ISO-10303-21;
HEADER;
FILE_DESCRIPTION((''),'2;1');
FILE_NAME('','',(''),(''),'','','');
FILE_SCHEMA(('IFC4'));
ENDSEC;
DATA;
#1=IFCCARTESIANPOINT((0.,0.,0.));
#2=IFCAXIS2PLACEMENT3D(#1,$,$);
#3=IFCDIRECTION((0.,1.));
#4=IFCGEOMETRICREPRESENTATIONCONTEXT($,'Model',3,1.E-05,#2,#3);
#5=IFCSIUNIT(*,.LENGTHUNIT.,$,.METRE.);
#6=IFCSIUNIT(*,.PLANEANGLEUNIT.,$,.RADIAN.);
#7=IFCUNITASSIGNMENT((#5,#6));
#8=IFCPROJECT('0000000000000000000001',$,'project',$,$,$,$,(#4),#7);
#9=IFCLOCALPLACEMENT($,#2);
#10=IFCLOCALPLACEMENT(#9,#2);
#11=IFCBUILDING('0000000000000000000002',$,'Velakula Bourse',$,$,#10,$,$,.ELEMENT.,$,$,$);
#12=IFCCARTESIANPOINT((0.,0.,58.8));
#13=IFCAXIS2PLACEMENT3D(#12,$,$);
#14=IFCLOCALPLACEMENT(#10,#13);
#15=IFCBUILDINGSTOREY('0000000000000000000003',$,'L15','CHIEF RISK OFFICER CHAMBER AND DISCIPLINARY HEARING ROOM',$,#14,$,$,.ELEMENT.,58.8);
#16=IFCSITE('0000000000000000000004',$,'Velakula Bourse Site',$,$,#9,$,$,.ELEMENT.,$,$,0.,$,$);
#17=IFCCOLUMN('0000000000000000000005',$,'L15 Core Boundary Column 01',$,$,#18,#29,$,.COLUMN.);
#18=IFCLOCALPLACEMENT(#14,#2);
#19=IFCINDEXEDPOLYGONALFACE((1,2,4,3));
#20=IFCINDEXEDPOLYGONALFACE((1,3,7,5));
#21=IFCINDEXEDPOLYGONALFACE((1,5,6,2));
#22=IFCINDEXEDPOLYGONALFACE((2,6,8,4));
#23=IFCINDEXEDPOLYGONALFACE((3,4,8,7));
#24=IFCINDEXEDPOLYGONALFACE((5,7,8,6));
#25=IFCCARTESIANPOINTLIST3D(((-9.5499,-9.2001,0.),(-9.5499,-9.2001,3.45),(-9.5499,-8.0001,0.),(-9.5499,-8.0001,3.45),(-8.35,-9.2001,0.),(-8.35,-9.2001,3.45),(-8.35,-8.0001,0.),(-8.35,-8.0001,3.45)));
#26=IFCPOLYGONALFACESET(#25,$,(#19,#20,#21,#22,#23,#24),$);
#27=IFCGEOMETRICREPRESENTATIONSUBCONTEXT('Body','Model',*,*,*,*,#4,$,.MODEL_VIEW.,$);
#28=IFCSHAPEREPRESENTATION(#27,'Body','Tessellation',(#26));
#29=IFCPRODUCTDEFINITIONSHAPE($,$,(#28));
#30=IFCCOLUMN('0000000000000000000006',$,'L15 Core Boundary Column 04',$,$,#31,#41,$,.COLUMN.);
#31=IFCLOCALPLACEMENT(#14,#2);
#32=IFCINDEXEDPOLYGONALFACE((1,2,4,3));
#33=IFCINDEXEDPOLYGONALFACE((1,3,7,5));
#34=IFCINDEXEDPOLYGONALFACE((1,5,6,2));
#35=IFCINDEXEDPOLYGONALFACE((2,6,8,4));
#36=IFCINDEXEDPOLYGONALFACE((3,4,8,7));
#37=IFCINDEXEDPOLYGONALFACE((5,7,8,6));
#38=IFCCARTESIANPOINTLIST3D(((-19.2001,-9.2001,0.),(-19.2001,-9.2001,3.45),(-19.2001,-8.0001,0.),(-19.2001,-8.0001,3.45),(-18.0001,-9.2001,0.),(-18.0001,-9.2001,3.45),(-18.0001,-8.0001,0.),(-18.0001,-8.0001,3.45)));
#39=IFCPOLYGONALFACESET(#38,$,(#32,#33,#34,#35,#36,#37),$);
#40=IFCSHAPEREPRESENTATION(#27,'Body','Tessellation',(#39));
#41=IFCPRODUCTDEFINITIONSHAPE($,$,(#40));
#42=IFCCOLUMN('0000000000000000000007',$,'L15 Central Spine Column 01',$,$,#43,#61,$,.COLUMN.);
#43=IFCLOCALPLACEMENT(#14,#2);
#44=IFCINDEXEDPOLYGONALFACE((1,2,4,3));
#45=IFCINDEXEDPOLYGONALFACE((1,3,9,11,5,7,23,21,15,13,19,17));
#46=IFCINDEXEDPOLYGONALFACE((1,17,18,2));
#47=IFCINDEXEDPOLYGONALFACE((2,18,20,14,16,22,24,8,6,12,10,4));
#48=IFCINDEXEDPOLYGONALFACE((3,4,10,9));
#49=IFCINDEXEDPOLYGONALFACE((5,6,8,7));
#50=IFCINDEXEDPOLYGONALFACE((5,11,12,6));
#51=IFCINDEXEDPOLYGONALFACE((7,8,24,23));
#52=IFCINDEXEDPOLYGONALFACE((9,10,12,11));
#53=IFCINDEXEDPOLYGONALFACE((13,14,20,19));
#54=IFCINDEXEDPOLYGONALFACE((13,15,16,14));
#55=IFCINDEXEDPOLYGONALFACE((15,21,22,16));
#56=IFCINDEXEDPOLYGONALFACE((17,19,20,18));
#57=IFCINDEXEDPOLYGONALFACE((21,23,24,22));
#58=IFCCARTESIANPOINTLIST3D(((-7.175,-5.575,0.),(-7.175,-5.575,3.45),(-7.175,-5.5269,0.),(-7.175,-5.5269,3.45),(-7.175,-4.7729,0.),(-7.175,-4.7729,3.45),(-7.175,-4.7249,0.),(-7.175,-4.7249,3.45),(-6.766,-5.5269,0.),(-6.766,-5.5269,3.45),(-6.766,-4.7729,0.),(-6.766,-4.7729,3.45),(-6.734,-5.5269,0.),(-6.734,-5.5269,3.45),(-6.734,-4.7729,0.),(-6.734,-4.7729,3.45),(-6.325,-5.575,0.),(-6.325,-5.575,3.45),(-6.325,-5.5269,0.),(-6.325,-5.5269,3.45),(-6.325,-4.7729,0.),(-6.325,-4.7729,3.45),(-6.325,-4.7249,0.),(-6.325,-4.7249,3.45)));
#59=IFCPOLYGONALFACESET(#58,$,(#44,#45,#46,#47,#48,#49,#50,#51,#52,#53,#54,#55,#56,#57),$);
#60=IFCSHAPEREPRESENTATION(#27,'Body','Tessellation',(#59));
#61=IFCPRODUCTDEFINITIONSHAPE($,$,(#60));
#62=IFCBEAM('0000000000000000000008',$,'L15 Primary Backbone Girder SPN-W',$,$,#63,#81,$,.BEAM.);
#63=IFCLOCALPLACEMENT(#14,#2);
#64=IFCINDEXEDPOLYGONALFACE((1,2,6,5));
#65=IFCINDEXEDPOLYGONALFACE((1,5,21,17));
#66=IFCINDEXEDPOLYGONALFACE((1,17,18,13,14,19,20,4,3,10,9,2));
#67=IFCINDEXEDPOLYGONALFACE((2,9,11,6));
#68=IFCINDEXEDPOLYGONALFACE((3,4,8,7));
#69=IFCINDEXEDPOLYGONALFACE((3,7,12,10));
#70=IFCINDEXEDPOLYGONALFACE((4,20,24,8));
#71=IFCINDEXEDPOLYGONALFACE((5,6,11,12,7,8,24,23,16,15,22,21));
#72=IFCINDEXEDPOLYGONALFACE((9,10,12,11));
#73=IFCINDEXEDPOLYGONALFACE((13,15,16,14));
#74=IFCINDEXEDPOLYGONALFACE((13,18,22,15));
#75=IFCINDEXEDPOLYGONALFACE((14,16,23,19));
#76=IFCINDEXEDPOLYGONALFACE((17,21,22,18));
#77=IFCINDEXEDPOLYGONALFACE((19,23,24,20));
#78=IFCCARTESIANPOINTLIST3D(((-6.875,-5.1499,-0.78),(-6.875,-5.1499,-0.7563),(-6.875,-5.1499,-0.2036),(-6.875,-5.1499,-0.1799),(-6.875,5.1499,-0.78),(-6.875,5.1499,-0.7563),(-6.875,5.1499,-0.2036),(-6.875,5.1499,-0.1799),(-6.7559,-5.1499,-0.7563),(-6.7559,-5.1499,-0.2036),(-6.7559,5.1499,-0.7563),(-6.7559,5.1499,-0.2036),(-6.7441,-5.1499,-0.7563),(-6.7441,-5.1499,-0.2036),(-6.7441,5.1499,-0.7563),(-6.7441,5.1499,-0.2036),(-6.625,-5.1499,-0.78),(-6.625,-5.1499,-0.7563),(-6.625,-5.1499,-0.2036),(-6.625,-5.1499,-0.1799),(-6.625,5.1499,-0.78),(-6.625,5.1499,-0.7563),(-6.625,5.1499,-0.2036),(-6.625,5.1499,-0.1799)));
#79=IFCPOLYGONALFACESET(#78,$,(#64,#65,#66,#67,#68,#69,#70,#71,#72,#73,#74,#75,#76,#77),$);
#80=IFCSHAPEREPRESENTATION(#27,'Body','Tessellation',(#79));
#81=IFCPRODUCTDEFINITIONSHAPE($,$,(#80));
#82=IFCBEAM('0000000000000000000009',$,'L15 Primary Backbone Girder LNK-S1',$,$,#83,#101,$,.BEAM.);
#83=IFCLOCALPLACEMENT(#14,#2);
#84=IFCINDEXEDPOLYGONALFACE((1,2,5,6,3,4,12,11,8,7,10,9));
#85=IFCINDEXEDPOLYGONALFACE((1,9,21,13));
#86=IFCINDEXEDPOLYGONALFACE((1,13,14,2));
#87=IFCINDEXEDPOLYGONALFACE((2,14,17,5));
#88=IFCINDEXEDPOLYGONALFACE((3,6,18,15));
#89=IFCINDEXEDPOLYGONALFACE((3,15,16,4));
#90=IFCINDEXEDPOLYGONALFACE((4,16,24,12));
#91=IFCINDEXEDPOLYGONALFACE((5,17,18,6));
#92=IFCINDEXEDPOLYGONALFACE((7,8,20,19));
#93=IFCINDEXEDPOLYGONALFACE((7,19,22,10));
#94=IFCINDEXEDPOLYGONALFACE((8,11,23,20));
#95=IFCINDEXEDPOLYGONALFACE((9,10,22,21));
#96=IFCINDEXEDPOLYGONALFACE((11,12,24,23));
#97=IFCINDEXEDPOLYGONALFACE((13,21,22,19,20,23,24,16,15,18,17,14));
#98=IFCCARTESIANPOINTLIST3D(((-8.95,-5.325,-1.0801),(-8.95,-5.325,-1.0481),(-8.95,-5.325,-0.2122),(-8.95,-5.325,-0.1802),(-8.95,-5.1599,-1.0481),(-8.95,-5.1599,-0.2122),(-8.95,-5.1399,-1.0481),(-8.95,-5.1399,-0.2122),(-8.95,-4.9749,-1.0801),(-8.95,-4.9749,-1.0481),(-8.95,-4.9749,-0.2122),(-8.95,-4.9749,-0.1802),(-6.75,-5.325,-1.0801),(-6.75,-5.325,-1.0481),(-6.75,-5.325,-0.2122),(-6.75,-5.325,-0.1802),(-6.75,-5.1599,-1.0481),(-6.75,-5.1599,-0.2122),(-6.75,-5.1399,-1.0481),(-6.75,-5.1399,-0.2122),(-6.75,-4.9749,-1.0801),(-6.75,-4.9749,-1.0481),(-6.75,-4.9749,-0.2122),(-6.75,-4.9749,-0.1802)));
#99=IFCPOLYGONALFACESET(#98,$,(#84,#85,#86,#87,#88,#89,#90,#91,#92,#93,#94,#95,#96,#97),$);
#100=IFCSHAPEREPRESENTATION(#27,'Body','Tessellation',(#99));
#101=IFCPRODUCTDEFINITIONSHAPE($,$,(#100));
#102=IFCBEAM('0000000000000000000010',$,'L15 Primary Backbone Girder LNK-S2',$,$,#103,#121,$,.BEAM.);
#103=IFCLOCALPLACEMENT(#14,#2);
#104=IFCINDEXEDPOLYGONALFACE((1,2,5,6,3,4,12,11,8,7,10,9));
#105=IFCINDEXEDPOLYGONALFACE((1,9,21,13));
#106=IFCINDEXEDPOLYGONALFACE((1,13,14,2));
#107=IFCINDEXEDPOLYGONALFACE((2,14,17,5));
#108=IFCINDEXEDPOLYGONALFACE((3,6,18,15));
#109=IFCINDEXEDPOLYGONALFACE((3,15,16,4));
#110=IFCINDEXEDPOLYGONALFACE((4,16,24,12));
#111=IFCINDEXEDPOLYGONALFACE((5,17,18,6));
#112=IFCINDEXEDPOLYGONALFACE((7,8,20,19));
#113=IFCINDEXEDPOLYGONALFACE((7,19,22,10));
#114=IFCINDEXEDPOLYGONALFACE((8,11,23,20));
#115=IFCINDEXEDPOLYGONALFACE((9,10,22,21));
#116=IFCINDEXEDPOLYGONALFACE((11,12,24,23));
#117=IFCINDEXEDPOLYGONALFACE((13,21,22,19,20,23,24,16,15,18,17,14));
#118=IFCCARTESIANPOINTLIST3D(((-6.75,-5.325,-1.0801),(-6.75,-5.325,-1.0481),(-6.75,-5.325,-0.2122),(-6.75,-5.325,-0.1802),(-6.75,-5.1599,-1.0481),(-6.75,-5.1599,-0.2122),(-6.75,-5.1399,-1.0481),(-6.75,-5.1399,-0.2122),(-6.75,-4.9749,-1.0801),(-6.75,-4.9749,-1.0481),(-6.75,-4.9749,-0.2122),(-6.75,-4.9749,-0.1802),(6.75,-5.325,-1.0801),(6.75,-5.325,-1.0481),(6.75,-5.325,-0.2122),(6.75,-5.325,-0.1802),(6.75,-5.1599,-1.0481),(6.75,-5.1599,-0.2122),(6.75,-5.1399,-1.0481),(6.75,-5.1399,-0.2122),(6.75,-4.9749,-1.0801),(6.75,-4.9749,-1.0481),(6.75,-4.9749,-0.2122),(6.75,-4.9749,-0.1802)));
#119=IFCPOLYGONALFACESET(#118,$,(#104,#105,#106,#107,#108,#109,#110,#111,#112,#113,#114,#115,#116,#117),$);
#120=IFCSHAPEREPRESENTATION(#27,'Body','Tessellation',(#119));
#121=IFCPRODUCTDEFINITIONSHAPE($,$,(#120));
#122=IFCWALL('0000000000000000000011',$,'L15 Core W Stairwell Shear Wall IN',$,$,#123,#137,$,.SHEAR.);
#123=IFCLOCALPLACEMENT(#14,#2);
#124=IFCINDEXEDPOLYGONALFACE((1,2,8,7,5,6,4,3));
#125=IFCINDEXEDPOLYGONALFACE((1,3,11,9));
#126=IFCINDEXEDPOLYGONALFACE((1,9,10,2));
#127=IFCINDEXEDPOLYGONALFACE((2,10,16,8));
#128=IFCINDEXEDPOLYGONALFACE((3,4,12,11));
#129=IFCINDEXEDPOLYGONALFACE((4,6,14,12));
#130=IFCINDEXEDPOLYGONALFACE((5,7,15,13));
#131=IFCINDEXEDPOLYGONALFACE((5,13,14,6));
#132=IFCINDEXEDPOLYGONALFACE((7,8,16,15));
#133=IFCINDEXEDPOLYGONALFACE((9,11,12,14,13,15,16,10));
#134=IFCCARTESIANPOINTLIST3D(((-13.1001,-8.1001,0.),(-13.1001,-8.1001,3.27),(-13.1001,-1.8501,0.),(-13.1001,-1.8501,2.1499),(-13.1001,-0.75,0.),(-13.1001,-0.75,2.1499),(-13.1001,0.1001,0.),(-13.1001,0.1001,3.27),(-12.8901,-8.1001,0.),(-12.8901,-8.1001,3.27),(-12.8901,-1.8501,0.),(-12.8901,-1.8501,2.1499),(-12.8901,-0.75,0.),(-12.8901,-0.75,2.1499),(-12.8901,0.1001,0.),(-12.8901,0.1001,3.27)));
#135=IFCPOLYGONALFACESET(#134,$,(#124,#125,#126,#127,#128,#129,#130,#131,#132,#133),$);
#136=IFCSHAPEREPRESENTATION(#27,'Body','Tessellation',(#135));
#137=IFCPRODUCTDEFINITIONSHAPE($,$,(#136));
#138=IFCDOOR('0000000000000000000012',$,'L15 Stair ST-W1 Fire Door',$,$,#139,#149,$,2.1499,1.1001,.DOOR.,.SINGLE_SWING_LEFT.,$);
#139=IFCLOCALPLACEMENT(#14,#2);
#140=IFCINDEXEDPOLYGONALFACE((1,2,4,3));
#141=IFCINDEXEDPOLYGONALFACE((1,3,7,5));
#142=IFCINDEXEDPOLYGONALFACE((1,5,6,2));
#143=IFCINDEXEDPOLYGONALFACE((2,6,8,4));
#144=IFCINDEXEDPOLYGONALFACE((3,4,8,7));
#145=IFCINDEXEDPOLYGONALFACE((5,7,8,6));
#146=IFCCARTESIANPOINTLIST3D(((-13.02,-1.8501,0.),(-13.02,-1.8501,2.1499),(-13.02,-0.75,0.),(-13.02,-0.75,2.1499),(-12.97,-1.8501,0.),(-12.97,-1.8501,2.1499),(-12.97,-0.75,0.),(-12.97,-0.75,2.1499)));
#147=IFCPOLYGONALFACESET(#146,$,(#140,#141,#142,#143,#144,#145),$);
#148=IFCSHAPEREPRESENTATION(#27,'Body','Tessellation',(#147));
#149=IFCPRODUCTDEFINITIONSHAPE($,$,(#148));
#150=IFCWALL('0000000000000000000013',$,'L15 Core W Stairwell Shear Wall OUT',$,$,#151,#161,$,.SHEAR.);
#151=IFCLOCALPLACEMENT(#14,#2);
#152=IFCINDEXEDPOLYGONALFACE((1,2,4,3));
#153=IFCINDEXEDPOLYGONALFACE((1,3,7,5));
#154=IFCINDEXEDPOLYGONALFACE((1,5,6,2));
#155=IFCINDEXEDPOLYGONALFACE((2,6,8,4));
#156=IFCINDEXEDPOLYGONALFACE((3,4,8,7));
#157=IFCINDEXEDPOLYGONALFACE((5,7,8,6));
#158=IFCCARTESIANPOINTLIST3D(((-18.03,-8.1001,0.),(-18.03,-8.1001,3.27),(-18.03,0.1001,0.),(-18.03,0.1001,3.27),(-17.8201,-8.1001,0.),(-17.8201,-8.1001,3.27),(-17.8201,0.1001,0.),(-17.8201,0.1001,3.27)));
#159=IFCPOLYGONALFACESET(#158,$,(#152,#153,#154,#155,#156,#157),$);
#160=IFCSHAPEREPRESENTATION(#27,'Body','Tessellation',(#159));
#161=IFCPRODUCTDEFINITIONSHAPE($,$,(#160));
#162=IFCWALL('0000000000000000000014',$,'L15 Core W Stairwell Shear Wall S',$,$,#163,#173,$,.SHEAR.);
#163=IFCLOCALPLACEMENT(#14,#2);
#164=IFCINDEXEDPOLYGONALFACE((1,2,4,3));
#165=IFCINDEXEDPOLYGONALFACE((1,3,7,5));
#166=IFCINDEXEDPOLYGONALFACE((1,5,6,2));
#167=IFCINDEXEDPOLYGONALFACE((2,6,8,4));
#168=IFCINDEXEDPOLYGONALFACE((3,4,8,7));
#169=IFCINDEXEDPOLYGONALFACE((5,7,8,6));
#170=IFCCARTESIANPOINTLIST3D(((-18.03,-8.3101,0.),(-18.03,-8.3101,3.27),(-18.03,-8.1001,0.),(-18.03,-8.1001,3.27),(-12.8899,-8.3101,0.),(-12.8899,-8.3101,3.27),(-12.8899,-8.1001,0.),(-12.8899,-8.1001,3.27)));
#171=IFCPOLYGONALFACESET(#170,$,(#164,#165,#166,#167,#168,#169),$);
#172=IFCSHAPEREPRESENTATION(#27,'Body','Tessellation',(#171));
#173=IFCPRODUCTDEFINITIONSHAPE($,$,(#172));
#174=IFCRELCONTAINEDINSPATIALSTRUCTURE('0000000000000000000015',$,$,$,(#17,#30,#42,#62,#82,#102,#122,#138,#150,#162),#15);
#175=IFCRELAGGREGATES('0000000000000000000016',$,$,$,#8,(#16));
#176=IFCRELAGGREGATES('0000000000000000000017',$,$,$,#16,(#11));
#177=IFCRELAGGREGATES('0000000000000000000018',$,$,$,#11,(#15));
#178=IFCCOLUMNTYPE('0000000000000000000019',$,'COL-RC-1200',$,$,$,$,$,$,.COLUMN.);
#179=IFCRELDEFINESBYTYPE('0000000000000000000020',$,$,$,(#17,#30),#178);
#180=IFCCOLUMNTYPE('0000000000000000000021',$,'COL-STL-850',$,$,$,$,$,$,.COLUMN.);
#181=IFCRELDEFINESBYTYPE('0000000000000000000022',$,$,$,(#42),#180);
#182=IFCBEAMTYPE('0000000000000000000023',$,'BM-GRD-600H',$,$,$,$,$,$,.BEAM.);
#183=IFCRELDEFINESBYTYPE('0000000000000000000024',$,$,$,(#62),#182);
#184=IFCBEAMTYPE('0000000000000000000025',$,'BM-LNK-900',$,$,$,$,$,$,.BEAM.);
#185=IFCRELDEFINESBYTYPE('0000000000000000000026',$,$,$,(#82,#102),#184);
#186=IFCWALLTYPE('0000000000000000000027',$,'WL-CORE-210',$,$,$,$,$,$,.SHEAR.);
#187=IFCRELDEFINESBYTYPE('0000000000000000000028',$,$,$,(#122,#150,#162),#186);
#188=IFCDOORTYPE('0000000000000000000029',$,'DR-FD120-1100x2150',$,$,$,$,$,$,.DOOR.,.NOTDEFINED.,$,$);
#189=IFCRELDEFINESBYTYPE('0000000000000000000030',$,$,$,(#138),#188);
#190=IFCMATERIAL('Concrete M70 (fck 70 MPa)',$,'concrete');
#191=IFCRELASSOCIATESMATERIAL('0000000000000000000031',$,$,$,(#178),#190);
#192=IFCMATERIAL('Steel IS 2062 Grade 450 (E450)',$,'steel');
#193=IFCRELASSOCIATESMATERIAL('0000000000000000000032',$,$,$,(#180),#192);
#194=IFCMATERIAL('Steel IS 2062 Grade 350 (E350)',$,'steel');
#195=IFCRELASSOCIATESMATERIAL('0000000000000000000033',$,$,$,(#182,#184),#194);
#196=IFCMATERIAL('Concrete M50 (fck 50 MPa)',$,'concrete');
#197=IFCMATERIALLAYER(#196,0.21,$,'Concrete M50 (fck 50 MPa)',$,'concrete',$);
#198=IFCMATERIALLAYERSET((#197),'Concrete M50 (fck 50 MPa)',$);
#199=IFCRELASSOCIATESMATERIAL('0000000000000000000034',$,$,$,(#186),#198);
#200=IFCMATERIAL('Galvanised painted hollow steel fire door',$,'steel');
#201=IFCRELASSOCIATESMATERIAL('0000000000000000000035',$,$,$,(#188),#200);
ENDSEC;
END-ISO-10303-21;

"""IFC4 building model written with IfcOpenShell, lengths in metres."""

from ifc_helpers import new_model, si_unit, direction, frame, frame_2d, origin, origin_2d, place, context, subcontext, project, spatial, rectangle, i_section, extrude, material, layer, layer_set, material_profile, profile_set, type_object, element, fill, save


model = new_model("IFC4")

# Units and contexts
model_context = context("Model", 3, precision=1e-05, world=origin(), true_north=direction((0.0, 1.0)))
body_context = subcontext(model_context, "Body", "Model", "MODEL_VIEW")
ifc_project = project(units=[si_unit("LENGTHUNIT", "METRE"), si_unit("PLANEANGLEUNIT", "RADIAN")], contexts=[model_context])

# Site, building, storey
site_placement = place(None, origin())
site = spatial("IfcSite", under=ifc_project, at=site_placement, Name="Velakula Bourse Site", CompositionType="ELEMENT", RefElevation=0.0)
building_placement = place(site_placement, origin())
building = spatial("IfcBuilding", under=site, at=building_placement, Name="Velakula Bourse", CompositionType="ELEMENT")
storey_placement = place(building_placement, frame((0.0, 0.0, 58.8)))
storey = spatial("IfcBuildingStorey", under=building, at=storey_placement, Name="L15", Description="CHIEF RISK OFFICER CHAMBER AND DISCIPLINARY HEARING ROOM", CompositionType="ELEMENT", Elevation=58.8)

# Columns
ifc_material_1 = material(Name="Concrete M70 (fck 70 MPa)", Category="concrete")
ifc_material_profile_1 = material_profile(ifc_material_1, rectangle(XDim=1.2, YDim=1.2, at=origin_2d()), Name="Concrete M70 (fck 70 MPa)")
ifc_profile_set_1 = profile_set([ifc_material_profile_1], Name="Concrete M70 (fck 70 MPa)")
column_type_1 = type_object("IfcColumnType", Name="COL-RC-1200", PredefinedType="COLUMN", material=ifc_profile_set_1)
for number, where, z_axis, x_axis, name in (
    (1, (-8.95, -8.6001, 0.0), (0.0, 0.0, 1.0), (1.0, 0.0, 0.0), "L15 Core Boundary Column 01"),
    (2, (-18.6001, -8.6001, 0.0), (0.0, 0.0, 1.0), (1.0, 0.0, 0.0), "L15 Core Boundary Column 04"),
):
    element("IfcColumn", number, at=place(storey_placement, frame(where, z_axis=z_axis, x_axis=x_axis)), inside=storey, type_object=column_type_1, Name=name, PredefinedType="COLUMN", context=body_context, shape_type="SweptSolid", body=[
        extrude(rectangle(XDim=1.2, YDim=1.2, at=origin_2d()), origin(), (0.0, 0.0, 1.0), 3.45),
    ])
ifc_material_2 = material(Name="Steel IS 2062 Grade 450 (E450)", Category="steel")
ifc_material_profile_2 = material_profile(ifc_material_2, i_section(OverallWidth=0.8501, OverallDepth=0.8501, WebThickness=0.032, FlangeThickness=0.0481, at=origin_2d()), Name="Steel IS 2062 Grade 450 (E450)")
ifc_profile_set_2 = profile_set([ifc_material_profile_2], Name="Steel IS 2062 Grade 450 (E450)")
column_type_2 = type_object("IfcColumnType", Name="COL-STL-850", PredefinedType="COLUMN", material=ifc_profile_set_2)
column_placement = place(storey_placement, frame((-6.75, -5.1499, 0.0), z_axis=(0.0, 0.0, 1.0), x_axis=(1.0, 0.0, 0.0)))
element("IfcColumn", 3, at=column_placement, inside=storey, type_object=column_type_2, Name="L15 Central Spine Column 01", PredefinedType="COLUMN", context=body_context, shape_type="SweptSolid", body=[
    extrude(i_section(OverallWidth=0.8501, OverallDepth=0.8501, WebThickness=0.032, FlangeThickness=0.0481, at=origin_2d()), origin(), (0.0, 0.0, 1.0), 3.45),
])

# Beams
ifc_material_3 = material(Name="Steel IS 2062 Grade 350 (E350)", Category="steel")
ifc_material_profile_3 = material_profile(ifc_material_3, i_section(OverallWidth=0.25, OverallDepth=0.6001, WebThickness=0.0117, FlangeThickness=0.0237, at=origin_2d()), Name="Steel IS 2062 Grade 350 (E350)")
ifc_profile_set_3 = profile_set([ifc_material_profile_3], Name="Steel IS 2062 Grade 350 (E350)")
beam_type_1 = type_object("IfcBeamType", Name="BM-GRD-600H", PredefinedType="BEAM", material=ifc_profile_set_3)
beam_1_placement = place(storey_placement, frame((-6.75, -5.1499, -0.48), z_axis=(0.0, 1.0, 0.0), x_axis=(-1.0, 0.0, 0.0)))
element("IfcBeam", 4, at=beam_1_placement, inside=storey, type_object=beam_type_1, Name="L15 Primary Backbone Girder SPN-W", PredefinedType="BEAM", context=body_context, shape_type="SweptSolid", body=[
    extrude(i_section(OverallWidth=0.25, OverallDepth=0.6001, WebThickness=0.0117, FlangeThickness=0.0237, at=origin_2d()), origin(), (0.0, 0.0, 1.0), 10.2998),
])
ifc_material_profile_4 = material_profile(ifc_material_3, i_section(OverallWidth=0.3501, OverallDepth=0.8999, WebThickness=0.02, FlangeThickness=0.032, at=origin_2d()), Name="Steel IS 2062 Grade 350 (E350)")
ifc_profile_set_4 = profile_set([ifc_material_profile_4], Name="Steel IS 2062 Grade 350 (E350)")
beam_type_2 = type_object("IfcBeamType", Name="BM-LNK-900", PredefinedType="BEAM", material=ifc_profile_set_4)
beam_2_placement = place(storey_placement, frame((-8.95, -5.1499, -0.6301), z_axis=(1.0, 0.0, 0.0), x_axis=(0.0, 1.0, 0.0)))
element("IfcBeam", 5, at=beam_2_placement, inside=storey, type_object=beam_type_2, Name="L15 Primary Backbone Girder LNK-S1", PredefinedType="BEAM", context=body_context, shape_type="SweptSolid", body=[
    extrude(i_section(OverallWidth=0.3501, OverallDepth=0.8999, WebThickness=0.02, FlangeThickness=0.032, at=origin_2d()), origin(), (0.0, 0.0, 1.0), 2.2),
])
beam_3_placement = place(storey_placement, frame((-6.75, -5.1499, -0.6301), z_axis=(1.0, 0.0, 0.0), x_axis=(0.0, 1.0, 0.0)))
element("IfcBeam", 6, at=beam_3_placement, inside=storey, type_object=beam_type_2, Name="L15 Primary Backbone Girder LNK-S2", PredefinedType="BEAM", context=body_context, shape_type="SweptSolid", body=[
    extrude(i_section(OverallWidth=0.3501, OverallDepth=0.8999, WebThickness=0.02, FlangeThickness=0.032, at=origin_2d()), origin(), (0.0, 0.0, 1.0), 13.5),
])

# Wall, opening, door
ifc_material_4 = material(Name="Concrete M50 (fck 50 MPa)", Category="concrete")
ifc_layer_1 = layer(ifc_material_4, 0.21, Name="Concrete M50 (fck 50 MPa)", Category="concrete")
ifc_layer_set_1 = layer_set([ifc_layer_1], Name="Concrete M50 (fck 50 MPa)")
wall_type_1 = type_object("IfcWallType", Name="WL-CORE-210", PredefinedType="SHEAR", material=ifc_layer_set_1)
wall_1_placement = place(storey_placement, frame((-12.9951, -8.1001, 0.0), z_axis=(0.0, 0.0, 1.0), x_axis=(0.0, 1.0, 0.0)))
wall_1 = element("IfcWall", 7, at=wall_1_placement, inside=storey, type_object=wall_type_1, Name="L15 Core W Stairwell Shear Wall IN", PredefinedType="SHEAR", context=body_context, shape_type="SweptSolid", body=[
    extrude(rectangle(XDim=8.2002, YDim=0.21, at=frame_2d((4.1001, 0.0))), origin(), (0.0, 0.0, 1.0), 3.27),
])
opening_1_placement = place(wall_1_placement, frame((6.25, 0.0, 0.0)))
opening_1 = element("IfcOpeningElement", 8, at=opening_1_placement, cuts=wall_1, PredefinedType="OPENING", context=body_context, shape_type="SweptSolid", body=[
    extrude(rectangle(XDim=1.1001, YDim=2.1499, at=frame_2d((0.55, 1.075))), frame((0.0, 0.115, 0.0), z_axis=(0.0, -1.0, 0.0), x_axis=(1.0, 0.0, 0.0)), (0.0, 0.0, 1.0), 0.23),
])
ifc_material_5 = material(Name="Galvanised painted hollow steel fire door", Category="steel")
door_type_1 = type_object("IfcDoorType", Name="DR-FD120-1100x2150", OperationType="NOTDEFINED", PredefinedType="DOOR", material=ifc_material_5)
door_1_placement = place(opening_1_placement, origin())
door_1 = element("IfcDoor", 9, at=door_1_placement, inside=storey, type_object=door_type_1, Name="L15 Stair ST-W1 Fire Door", OperationType="SINGLE_SWING_LEFT", OverallHeight=2.1499, OverallWidth=1.1001, PredefinedType="DOOR", context=body_context, shape_type="SweptSolid", body=[
    extrude(rectangle(XDim=1.1001, YDim=2.1499, at=frame_2d((0.55, 1.075))), frame((0.0, 0.0249, 0.0), z_axis=(0.0, -1.0, 0.0), x_axis=(1.0, 0.0, 0.0)), (0.0, 0.0, 1.0), 0.05),
])
fill(opening_1, door_1)

# Walls
wall_2_placement = place(storey_placement, frame((-17.925, -8.1001, 0.0), z_axis=(0.0, 0.0, 1.0), x_axis=(0.0, 1.0, 0.0)))
element("IfcWall", 10, at=wall_2_placement, inside=storey, type_object=wall_type_1, Name="L15 Core W Stairwell Shear Wall OUT", PredefinedType="SHEAR", context=body_context, shape_type="SweptSolid", body=[
    extrude(rectangle(XDim=8.2002, YDim=0.21, at=frame_2d((4.1001, 0.0))), origin(), (0.0, 0.0, 1.0), 3.27),
])
wall_3_placement = place(storey_placement, frame((-18.03, -8.2051, 0.0), z_axis=(0.0, 0.0, 1.0), x_axis=(1.0, 0.0, 0.0)))
element("IfcWall", 11, at=wall_3_placement, inside=storey, type_object=wall_type_1, Name="L15 Core W Stairwell Shear Wall S", PredefinedType="SHEAR", context=body_context, shape_type="SweptSolid", body=[
    extrude(rectangle(XDim=5.1401, YDim=0.21, at=frame_2d((2.5701, 0.0))), origin(), (0.0, 0.0, 1.0), 3.27),
])

save(model, "model.ifc")
